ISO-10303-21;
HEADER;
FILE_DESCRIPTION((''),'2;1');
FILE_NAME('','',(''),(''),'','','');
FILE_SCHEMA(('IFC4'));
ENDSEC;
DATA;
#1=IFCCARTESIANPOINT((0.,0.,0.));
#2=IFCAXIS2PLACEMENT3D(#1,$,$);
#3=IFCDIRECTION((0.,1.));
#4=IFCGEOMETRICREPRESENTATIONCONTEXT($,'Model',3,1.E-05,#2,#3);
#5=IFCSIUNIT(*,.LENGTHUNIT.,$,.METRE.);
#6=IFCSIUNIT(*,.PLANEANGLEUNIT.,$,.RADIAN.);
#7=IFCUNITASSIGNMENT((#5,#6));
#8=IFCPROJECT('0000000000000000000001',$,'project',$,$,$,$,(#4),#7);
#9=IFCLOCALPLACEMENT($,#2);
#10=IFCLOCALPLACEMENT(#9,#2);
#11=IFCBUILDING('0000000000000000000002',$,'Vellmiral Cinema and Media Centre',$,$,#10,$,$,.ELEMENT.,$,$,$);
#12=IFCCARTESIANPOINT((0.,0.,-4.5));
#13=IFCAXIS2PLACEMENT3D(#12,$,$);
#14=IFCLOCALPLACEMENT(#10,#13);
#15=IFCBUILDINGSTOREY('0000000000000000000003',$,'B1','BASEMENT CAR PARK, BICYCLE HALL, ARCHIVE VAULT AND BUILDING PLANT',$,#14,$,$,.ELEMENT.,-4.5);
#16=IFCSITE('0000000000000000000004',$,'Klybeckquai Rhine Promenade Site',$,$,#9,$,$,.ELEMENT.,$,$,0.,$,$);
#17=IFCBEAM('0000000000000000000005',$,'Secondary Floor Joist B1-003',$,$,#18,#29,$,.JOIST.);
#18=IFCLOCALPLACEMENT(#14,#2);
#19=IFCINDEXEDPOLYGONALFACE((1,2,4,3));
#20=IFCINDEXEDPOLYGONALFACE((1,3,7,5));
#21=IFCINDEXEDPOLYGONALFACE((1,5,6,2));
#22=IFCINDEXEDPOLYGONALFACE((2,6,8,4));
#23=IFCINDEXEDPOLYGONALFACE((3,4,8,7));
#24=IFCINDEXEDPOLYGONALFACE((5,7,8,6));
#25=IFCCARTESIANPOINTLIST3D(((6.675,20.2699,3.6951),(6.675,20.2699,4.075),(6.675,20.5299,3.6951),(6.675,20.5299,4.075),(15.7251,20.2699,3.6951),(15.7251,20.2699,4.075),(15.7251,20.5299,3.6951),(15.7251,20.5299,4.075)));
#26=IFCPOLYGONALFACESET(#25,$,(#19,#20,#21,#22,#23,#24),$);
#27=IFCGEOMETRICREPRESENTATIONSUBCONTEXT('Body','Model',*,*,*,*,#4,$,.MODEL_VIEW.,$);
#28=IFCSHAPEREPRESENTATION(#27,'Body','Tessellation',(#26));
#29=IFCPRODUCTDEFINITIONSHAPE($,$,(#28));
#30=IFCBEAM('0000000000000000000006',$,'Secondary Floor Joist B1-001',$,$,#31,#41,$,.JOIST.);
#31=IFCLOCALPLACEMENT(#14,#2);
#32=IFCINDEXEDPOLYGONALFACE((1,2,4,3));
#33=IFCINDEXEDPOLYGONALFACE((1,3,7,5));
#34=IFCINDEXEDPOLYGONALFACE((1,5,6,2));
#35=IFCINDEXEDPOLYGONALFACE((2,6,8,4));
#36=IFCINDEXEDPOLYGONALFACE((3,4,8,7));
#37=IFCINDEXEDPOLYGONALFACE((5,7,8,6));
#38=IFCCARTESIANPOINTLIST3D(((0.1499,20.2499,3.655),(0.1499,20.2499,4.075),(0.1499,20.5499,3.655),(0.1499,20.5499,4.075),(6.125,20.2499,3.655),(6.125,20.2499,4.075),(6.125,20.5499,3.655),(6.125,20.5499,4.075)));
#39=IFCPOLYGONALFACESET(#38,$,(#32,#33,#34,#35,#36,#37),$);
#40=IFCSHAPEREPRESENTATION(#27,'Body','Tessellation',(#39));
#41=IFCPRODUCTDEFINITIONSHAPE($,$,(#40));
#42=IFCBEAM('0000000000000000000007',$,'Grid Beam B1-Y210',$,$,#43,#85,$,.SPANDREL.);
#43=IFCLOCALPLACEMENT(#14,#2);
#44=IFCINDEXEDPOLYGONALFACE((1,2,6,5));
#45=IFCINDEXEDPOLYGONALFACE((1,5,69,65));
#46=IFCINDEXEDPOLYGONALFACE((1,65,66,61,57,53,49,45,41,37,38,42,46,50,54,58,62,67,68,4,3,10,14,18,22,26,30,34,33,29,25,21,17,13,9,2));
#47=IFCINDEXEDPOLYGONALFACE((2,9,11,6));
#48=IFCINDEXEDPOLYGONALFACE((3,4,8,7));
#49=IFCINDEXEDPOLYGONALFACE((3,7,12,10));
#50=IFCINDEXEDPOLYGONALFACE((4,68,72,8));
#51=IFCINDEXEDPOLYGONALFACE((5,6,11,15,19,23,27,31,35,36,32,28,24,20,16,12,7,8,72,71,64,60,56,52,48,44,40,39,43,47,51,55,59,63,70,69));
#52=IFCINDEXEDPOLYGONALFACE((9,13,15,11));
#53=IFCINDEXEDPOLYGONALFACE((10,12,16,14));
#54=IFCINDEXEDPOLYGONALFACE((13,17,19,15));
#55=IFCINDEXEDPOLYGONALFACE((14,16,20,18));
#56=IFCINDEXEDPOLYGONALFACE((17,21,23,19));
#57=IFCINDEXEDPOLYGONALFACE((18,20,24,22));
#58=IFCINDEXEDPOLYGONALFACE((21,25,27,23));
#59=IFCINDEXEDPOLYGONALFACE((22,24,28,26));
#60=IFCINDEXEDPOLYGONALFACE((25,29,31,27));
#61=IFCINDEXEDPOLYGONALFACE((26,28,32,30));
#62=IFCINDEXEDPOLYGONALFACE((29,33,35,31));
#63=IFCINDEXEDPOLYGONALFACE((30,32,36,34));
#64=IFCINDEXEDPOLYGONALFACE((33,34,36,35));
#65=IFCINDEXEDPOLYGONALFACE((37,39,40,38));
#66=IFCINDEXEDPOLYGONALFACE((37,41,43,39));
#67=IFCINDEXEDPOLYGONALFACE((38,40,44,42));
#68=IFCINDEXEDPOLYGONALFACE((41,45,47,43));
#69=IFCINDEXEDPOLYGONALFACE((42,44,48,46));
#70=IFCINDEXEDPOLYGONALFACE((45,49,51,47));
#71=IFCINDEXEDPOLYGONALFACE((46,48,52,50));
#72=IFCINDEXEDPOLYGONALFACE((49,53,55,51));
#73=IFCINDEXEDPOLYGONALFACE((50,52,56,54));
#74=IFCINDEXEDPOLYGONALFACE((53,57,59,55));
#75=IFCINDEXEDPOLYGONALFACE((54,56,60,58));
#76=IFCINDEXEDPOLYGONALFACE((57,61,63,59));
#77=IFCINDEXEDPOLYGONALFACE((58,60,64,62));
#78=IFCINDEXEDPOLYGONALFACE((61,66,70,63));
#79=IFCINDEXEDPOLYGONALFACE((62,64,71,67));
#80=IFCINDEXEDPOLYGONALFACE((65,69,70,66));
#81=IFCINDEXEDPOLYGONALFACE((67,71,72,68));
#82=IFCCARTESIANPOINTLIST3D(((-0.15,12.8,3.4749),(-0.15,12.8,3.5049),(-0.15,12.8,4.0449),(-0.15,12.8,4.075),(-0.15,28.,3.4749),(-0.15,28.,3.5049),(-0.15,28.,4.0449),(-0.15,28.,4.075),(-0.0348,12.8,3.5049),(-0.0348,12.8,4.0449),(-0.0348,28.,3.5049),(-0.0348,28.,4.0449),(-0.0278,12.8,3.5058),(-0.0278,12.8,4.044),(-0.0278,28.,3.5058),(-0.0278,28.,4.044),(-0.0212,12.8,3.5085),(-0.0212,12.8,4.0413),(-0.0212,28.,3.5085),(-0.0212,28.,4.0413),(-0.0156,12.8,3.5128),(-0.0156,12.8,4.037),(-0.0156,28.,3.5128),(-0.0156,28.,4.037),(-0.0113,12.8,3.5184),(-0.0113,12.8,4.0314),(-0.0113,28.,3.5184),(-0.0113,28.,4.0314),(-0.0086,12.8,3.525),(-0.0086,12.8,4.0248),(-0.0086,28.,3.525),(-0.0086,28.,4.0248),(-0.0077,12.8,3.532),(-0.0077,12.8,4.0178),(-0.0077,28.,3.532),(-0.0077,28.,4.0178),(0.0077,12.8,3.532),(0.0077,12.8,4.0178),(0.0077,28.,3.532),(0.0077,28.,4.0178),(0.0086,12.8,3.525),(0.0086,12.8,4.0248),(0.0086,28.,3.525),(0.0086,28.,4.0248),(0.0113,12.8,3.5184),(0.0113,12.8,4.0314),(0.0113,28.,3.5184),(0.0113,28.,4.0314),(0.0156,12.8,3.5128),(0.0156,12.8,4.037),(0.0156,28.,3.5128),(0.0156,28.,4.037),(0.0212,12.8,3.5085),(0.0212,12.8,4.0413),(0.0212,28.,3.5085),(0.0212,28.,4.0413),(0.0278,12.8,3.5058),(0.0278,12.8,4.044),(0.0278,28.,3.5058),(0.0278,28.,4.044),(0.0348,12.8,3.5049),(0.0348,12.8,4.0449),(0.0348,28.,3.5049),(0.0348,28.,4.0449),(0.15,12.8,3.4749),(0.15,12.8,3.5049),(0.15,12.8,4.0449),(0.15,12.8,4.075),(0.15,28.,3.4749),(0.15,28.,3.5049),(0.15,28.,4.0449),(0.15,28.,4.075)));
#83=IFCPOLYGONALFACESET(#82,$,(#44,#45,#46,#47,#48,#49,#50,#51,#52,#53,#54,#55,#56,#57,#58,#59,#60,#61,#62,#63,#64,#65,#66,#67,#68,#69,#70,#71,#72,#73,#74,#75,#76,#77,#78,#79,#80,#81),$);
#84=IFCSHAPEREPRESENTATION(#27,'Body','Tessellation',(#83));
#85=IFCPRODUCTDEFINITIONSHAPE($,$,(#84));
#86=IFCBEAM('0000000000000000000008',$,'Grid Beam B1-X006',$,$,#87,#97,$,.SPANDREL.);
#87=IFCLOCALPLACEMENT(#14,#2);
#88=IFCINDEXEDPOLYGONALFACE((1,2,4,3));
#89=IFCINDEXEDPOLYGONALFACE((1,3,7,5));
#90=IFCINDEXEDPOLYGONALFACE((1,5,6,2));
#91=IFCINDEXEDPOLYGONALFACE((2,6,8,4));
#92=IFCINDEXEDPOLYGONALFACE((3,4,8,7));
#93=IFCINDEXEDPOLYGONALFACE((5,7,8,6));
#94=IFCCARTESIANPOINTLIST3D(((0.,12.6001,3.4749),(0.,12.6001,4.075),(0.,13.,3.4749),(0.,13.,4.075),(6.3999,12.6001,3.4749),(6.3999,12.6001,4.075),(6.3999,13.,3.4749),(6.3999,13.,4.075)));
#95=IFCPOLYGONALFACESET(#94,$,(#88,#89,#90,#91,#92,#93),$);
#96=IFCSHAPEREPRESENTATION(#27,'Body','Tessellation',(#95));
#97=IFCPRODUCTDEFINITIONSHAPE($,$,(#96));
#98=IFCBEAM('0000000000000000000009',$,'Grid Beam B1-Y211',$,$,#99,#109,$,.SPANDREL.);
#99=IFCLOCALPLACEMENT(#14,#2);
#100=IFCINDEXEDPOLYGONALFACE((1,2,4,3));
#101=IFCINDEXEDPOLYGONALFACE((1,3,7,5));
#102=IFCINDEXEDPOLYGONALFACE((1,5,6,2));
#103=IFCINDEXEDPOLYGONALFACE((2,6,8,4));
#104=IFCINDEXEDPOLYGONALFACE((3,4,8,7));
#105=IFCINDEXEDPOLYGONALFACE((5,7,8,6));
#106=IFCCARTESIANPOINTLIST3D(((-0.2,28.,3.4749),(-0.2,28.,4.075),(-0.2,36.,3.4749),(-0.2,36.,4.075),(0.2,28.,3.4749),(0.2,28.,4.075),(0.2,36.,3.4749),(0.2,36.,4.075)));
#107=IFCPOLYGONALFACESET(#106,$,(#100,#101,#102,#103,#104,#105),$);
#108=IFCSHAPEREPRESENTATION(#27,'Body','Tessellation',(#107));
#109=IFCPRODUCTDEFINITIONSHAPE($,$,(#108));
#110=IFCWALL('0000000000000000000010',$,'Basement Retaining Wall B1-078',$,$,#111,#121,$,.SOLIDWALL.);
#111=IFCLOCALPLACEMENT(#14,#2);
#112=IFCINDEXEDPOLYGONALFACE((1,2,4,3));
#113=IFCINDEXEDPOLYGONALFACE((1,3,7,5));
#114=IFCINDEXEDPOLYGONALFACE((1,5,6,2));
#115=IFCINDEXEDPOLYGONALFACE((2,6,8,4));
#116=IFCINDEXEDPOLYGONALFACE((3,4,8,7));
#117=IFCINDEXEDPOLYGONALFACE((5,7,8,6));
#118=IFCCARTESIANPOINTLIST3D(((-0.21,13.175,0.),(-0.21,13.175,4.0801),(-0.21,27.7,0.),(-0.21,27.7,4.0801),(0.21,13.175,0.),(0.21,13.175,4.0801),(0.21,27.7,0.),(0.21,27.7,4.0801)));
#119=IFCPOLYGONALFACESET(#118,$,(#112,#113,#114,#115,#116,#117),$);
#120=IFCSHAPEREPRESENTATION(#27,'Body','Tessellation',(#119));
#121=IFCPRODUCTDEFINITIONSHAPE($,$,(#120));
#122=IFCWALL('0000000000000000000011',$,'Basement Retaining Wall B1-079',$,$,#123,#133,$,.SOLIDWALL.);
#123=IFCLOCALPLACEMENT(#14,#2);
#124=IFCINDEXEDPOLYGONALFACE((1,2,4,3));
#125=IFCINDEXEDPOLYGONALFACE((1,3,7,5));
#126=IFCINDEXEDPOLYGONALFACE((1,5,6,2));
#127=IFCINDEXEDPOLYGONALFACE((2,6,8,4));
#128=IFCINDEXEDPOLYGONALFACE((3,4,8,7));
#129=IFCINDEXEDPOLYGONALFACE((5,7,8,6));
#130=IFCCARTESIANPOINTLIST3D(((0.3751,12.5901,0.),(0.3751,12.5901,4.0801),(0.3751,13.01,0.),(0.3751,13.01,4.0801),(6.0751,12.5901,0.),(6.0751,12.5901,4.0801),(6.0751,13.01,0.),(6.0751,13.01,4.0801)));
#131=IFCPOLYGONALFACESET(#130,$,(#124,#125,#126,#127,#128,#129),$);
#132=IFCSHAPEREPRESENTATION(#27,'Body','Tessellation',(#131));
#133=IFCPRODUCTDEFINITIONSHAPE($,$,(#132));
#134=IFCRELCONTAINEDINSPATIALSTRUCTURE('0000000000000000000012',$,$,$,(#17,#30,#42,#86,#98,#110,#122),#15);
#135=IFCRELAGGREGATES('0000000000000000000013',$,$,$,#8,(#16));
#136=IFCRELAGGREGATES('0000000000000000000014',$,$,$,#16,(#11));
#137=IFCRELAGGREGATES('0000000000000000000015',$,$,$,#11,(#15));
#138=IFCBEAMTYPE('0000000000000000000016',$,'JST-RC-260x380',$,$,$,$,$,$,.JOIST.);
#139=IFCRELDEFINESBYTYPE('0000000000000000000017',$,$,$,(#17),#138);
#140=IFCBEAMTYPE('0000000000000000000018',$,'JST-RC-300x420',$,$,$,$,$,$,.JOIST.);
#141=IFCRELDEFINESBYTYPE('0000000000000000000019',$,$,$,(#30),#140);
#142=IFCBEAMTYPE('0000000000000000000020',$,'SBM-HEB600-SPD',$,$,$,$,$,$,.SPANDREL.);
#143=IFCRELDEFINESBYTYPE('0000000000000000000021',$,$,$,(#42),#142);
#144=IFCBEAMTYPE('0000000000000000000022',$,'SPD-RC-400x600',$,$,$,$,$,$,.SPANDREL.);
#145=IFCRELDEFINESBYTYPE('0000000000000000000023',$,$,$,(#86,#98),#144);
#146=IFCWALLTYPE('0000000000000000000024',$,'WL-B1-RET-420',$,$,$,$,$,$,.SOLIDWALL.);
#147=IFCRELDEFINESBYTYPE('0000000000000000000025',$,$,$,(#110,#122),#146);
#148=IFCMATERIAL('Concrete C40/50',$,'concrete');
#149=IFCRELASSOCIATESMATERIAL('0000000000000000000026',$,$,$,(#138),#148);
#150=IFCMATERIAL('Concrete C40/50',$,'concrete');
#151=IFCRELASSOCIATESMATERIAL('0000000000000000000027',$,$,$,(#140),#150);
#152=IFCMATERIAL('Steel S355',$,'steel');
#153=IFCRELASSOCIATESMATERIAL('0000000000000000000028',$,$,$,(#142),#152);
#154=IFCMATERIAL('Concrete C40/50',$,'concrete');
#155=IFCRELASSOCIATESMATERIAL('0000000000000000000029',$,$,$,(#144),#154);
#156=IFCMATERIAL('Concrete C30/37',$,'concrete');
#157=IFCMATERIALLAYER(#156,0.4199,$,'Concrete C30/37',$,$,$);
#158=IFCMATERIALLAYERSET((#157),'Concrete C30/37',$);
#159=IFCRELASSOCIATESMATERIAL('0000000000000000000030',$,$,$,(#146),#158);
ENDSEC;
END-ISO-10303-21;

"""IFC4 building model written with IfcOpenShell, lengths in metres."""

from ifc_helpers import new_model, si_unit, direction, frame, frame_2d, origin, origin_2d, place, context, subcontext, project, spatial, rectangle, i_section, extrude, material, layer, layer_set, material_profile, profile_set, type_object, element, save


model = new_model("IFC4")

# Units and contexts
model_context = context("Model", 3, precision=1e-05, world=origin(), true_north=direction((0.0, 1.0)))
body_context = subcontext(model_context, "Body", "Model", "MODEL_VIEW")
ifc_project = project(units=[si_unit("LENGTHUNIT", "METRE"), si_unit("PLANEANGLEUNIT", "RADIAN")], contexts=[model_context])

# Site, building, storey
site_placement = place(None, origin())
site = spatial("IfcSite", under=ifc_project, at=site_placement, Name="Klybeckquai Rhine Promenade Site", CompositionType="ELEMENT", RefElevation=0.0)
building_placement = place(site_placement, origin())
building = spatial("IfcBuilding", under=site, at=building_placement, Name="Vellmiral Cinema and Media Centre", CompositionType="ELEMENT")
storey_placement = place(building_placement, frame((0.0, 0.0, -4.5)))
storey = spatial("IfcBuildingStorey", under=building, at=storey_placement, Name="B1", Description="BASEMENT CAR PARK, BICYCLE HALL, ARCHIVE VAULT AND BUILDING PLANT", CompositionType="ELEMENT", Elevation=-4.5)

# Beams
ifc_material_1 = material(Name="Concrete C40/50", Category="concrete")
ifc_material_profile_1 = material_profile(ifc_material_1, rectangle(XDim=0.26, YDim=0.3799, at=origin_2d()), Name="RC 260x380")
ifc_profile_set_1 = profile_set([ifc_material_profile_1], Name="Concrete C40/50")
beam_type_1 = type_object("IfcBeamType", Name="JST-RC-260x380", PredefinedType="JOIST", material=ifc_profile_set_1)
beam_1_placement = place(storey_placement, frame((6.675, 20.3999, 3.885), z_axis=(1.0, 0.0, 0.0), x_axis=(0.0, 1.0, 0.0)))
element("IfcBeam", 1, at=beam_1_placement, inside=storey, type_object=beam_type_1, Name="Secondary Floor Joist B1-003", PredefinedType="JOIST", context=body_context, shape_type="SweptSolid", body=[
    extrude(rectangle(XDim=0.26, YDim=0.3799, at=origin_2d()), origin(), (0.0, 0.0, 1.0), 9.05),
])
ifc_material_2 = material(Name="Concrete C40/50", Category="concrete")
ifc_material_profile_2 = material_profile(ifc_material_2, rectangle(XDim=0.3, YDim=0.4199, at=origin_2d()), Name="RC 300x420")
ifc_profile_set_2 = profile_set([ifc_material_profile_2], Name="Concrete C40/50")
beam_type_2 = type_object("IfcBeamType", Name="JST-RC-300x420", PredefinedType="JOIST", material=ifc_profile_set_2)
beam_2_placement = place(storey_placement, frame((0.1499, 20.3999, 3.865), z_axis=(1.0, 0.0, 0.0), x_axis=(0.0, 1.0, 0.0)))
element("IfcBeam", 2, at=beam_2_placement, inside=storey, type_object=beam_type_2, Name="Secondary Floor Joist B1-001", PredefinedType="JOIST", context=body_context, shape_type="SweptSolid", body=[
    extrude(rectangle(XDim=0.3, YDim=0.4199, at=origin_2d()), origin(), (0.0, 0.0, 1.0), 5.9751),
])
ifc_material_3 = material(Name="Steel S355", Category="steel")
ifc_material_profile_3 = material_profile(ifc_material_3, i_section(OverallWidth=0.3, OverallDepth=0.6001, WebThickness=0.0154, FlangeThickness=0.03, FilletRadius=0.0271, at=origin_2d()), Name="HEB 600")
ifc_profile_set_3 = profile_set([ifc_material_profile_3], Name="Steel S355")
beam_type_3 = type_object("IfcBeamType", Name="SBM-HEB600-SPD", PredefinedType="SPANDREL", material=ifc_profile_set_3)
beam_3_placement = place(storey_placement, frame((0.0, 12.8, 3.7749), z_axis=(0.0, 1.0, 0.0), x_axis=(-1.0, 0.0, 0.0)))
element("IfcBeam", 3, at=beam_3_placement, inside=storey, type_object=beam_type_3, Name="Grid Beam B1-Y210", PredefinedType="SPANDREL", context=body_context, shape_type="SweptSolid", body=[
    extrude(i_section(OverallWidth=0.3, OverallDepth=0.6001, WebThickness=0.0154, FlangeThickness=0.03, FilletRadius=0.0271, at=origin_2d()), origin(), (0.0, 0.0, 1.0), 15.2),
])
ifc_material_4 = material(Name="Concrete C40/50", Category="concrete")
ifc_material_profile_4 = material_profile(ifc_material_4, rectangle(XDim=0.3999, YDim=0.6001, at=origin_2d()), Name="RC 400x600")
ifc_profile_set_4 = profile_set([ifc_material_profile_4], Name="Concrete C40/50")
beam_type_4 = type_object("IfcBeamType", Name="SPD-RC-400x600", PredefinedType="SPANDREL", material=ifc_profile_set_4)
beam_4_placement = place(storey_placement, frame((0.0, 12.8, 3.7749), z_axis=(1.0, 0.0, 0.0), x_axis=(0.0, 1.0, 0.0)))
element("IfcBeam", 4, at=beam_4_placement, inside=storey, type_object=beam_type_4, Name="Grid Beam B1-X006", PredefinedType="SPANDREL", context=body_context, shape_type="SweptSolid", body=[
    extrude(rectangle(XDim=0.3999, YDim=0.6001, at=origin_2d()), origin(), (0.0, 0.0, 1.0), 6.3999),
])
beam_5_placement = place(storey_placement, frame((0.0, 28.0, 3.7749), z_axis=(0.0, 1.0, 0.0), x_axis=(-1.0, 0.0, 0.0)))
element("IfcBeam", 5, at=beam_5_placement, inside=storey, type_object=beam_type_4, Name="Grid Beam B1-Y211", PredefinedType="SPANDREL", context=body_context, shape_type="SweptSolid", body=[
    extrude(rectangle(XDim=0.3999, YDim=0.6001, at=origin_2d()), origin(), (0.0, 0.0, 1.0), 8.0),
])

# Walls
ifc_material_5 = material(Name="Concrete C30/37", Category="concrete")
ifc_layer = layer(ifc_material_5, 0.4199, Name="Concrete C30/37")
ifc_layer_set = layer_set([ifc_layer], Name="Concrete C30/37")
wall_type = type_object("IfcWallType", Name="WL-B1-RET-420", PredefinedType="SOLIDWALL", material=ifc_layer_set)
wall_1_placement = place(storey_placement, frame((0.0, 27.7, 0.0), z_axis=(0.0, 0.0, 1.0), x_axis=(0.0, -1.0, 0.0)))
element("IfcWall", 6, at=wall_1_placement, inside=storey, type_object=wall_type, Name="Basement Retaining Wall B1-078", PredefinedType="SOLIDWALL", context=body_context, shape_type="SweptSolid", body=[
    extrude(rectangle(XDim=14.5249, YDim=0.4199, at=frame_2d((7.2625, 0.0))), origin(), (0.0, 0.0, 1.0), 4.0801),
])
wall_2_placement = place(storey_placement, frame((0.375, 12.8, 0.0), z_axis=(0.0, 0.0, 1.0), x_axis=(1.0, 0.0, 0.0)))
element("IfcWall", 7, at=wall_2_placement, inside=storey, type_object=wall_type, Name="Basement Retaining Wall B1-079", PredefinedType="SOLIDWALL", context=body_context, shape_type="SweptSolid", body=[
    extrude(rectangle(XDim=5.7, YDim=0.4199, at=frame_2d((2.8501, 0.0))), origin(), (0.0, 0.0, 1.0), 4.0801),
])

save(model, "model.ifc")
